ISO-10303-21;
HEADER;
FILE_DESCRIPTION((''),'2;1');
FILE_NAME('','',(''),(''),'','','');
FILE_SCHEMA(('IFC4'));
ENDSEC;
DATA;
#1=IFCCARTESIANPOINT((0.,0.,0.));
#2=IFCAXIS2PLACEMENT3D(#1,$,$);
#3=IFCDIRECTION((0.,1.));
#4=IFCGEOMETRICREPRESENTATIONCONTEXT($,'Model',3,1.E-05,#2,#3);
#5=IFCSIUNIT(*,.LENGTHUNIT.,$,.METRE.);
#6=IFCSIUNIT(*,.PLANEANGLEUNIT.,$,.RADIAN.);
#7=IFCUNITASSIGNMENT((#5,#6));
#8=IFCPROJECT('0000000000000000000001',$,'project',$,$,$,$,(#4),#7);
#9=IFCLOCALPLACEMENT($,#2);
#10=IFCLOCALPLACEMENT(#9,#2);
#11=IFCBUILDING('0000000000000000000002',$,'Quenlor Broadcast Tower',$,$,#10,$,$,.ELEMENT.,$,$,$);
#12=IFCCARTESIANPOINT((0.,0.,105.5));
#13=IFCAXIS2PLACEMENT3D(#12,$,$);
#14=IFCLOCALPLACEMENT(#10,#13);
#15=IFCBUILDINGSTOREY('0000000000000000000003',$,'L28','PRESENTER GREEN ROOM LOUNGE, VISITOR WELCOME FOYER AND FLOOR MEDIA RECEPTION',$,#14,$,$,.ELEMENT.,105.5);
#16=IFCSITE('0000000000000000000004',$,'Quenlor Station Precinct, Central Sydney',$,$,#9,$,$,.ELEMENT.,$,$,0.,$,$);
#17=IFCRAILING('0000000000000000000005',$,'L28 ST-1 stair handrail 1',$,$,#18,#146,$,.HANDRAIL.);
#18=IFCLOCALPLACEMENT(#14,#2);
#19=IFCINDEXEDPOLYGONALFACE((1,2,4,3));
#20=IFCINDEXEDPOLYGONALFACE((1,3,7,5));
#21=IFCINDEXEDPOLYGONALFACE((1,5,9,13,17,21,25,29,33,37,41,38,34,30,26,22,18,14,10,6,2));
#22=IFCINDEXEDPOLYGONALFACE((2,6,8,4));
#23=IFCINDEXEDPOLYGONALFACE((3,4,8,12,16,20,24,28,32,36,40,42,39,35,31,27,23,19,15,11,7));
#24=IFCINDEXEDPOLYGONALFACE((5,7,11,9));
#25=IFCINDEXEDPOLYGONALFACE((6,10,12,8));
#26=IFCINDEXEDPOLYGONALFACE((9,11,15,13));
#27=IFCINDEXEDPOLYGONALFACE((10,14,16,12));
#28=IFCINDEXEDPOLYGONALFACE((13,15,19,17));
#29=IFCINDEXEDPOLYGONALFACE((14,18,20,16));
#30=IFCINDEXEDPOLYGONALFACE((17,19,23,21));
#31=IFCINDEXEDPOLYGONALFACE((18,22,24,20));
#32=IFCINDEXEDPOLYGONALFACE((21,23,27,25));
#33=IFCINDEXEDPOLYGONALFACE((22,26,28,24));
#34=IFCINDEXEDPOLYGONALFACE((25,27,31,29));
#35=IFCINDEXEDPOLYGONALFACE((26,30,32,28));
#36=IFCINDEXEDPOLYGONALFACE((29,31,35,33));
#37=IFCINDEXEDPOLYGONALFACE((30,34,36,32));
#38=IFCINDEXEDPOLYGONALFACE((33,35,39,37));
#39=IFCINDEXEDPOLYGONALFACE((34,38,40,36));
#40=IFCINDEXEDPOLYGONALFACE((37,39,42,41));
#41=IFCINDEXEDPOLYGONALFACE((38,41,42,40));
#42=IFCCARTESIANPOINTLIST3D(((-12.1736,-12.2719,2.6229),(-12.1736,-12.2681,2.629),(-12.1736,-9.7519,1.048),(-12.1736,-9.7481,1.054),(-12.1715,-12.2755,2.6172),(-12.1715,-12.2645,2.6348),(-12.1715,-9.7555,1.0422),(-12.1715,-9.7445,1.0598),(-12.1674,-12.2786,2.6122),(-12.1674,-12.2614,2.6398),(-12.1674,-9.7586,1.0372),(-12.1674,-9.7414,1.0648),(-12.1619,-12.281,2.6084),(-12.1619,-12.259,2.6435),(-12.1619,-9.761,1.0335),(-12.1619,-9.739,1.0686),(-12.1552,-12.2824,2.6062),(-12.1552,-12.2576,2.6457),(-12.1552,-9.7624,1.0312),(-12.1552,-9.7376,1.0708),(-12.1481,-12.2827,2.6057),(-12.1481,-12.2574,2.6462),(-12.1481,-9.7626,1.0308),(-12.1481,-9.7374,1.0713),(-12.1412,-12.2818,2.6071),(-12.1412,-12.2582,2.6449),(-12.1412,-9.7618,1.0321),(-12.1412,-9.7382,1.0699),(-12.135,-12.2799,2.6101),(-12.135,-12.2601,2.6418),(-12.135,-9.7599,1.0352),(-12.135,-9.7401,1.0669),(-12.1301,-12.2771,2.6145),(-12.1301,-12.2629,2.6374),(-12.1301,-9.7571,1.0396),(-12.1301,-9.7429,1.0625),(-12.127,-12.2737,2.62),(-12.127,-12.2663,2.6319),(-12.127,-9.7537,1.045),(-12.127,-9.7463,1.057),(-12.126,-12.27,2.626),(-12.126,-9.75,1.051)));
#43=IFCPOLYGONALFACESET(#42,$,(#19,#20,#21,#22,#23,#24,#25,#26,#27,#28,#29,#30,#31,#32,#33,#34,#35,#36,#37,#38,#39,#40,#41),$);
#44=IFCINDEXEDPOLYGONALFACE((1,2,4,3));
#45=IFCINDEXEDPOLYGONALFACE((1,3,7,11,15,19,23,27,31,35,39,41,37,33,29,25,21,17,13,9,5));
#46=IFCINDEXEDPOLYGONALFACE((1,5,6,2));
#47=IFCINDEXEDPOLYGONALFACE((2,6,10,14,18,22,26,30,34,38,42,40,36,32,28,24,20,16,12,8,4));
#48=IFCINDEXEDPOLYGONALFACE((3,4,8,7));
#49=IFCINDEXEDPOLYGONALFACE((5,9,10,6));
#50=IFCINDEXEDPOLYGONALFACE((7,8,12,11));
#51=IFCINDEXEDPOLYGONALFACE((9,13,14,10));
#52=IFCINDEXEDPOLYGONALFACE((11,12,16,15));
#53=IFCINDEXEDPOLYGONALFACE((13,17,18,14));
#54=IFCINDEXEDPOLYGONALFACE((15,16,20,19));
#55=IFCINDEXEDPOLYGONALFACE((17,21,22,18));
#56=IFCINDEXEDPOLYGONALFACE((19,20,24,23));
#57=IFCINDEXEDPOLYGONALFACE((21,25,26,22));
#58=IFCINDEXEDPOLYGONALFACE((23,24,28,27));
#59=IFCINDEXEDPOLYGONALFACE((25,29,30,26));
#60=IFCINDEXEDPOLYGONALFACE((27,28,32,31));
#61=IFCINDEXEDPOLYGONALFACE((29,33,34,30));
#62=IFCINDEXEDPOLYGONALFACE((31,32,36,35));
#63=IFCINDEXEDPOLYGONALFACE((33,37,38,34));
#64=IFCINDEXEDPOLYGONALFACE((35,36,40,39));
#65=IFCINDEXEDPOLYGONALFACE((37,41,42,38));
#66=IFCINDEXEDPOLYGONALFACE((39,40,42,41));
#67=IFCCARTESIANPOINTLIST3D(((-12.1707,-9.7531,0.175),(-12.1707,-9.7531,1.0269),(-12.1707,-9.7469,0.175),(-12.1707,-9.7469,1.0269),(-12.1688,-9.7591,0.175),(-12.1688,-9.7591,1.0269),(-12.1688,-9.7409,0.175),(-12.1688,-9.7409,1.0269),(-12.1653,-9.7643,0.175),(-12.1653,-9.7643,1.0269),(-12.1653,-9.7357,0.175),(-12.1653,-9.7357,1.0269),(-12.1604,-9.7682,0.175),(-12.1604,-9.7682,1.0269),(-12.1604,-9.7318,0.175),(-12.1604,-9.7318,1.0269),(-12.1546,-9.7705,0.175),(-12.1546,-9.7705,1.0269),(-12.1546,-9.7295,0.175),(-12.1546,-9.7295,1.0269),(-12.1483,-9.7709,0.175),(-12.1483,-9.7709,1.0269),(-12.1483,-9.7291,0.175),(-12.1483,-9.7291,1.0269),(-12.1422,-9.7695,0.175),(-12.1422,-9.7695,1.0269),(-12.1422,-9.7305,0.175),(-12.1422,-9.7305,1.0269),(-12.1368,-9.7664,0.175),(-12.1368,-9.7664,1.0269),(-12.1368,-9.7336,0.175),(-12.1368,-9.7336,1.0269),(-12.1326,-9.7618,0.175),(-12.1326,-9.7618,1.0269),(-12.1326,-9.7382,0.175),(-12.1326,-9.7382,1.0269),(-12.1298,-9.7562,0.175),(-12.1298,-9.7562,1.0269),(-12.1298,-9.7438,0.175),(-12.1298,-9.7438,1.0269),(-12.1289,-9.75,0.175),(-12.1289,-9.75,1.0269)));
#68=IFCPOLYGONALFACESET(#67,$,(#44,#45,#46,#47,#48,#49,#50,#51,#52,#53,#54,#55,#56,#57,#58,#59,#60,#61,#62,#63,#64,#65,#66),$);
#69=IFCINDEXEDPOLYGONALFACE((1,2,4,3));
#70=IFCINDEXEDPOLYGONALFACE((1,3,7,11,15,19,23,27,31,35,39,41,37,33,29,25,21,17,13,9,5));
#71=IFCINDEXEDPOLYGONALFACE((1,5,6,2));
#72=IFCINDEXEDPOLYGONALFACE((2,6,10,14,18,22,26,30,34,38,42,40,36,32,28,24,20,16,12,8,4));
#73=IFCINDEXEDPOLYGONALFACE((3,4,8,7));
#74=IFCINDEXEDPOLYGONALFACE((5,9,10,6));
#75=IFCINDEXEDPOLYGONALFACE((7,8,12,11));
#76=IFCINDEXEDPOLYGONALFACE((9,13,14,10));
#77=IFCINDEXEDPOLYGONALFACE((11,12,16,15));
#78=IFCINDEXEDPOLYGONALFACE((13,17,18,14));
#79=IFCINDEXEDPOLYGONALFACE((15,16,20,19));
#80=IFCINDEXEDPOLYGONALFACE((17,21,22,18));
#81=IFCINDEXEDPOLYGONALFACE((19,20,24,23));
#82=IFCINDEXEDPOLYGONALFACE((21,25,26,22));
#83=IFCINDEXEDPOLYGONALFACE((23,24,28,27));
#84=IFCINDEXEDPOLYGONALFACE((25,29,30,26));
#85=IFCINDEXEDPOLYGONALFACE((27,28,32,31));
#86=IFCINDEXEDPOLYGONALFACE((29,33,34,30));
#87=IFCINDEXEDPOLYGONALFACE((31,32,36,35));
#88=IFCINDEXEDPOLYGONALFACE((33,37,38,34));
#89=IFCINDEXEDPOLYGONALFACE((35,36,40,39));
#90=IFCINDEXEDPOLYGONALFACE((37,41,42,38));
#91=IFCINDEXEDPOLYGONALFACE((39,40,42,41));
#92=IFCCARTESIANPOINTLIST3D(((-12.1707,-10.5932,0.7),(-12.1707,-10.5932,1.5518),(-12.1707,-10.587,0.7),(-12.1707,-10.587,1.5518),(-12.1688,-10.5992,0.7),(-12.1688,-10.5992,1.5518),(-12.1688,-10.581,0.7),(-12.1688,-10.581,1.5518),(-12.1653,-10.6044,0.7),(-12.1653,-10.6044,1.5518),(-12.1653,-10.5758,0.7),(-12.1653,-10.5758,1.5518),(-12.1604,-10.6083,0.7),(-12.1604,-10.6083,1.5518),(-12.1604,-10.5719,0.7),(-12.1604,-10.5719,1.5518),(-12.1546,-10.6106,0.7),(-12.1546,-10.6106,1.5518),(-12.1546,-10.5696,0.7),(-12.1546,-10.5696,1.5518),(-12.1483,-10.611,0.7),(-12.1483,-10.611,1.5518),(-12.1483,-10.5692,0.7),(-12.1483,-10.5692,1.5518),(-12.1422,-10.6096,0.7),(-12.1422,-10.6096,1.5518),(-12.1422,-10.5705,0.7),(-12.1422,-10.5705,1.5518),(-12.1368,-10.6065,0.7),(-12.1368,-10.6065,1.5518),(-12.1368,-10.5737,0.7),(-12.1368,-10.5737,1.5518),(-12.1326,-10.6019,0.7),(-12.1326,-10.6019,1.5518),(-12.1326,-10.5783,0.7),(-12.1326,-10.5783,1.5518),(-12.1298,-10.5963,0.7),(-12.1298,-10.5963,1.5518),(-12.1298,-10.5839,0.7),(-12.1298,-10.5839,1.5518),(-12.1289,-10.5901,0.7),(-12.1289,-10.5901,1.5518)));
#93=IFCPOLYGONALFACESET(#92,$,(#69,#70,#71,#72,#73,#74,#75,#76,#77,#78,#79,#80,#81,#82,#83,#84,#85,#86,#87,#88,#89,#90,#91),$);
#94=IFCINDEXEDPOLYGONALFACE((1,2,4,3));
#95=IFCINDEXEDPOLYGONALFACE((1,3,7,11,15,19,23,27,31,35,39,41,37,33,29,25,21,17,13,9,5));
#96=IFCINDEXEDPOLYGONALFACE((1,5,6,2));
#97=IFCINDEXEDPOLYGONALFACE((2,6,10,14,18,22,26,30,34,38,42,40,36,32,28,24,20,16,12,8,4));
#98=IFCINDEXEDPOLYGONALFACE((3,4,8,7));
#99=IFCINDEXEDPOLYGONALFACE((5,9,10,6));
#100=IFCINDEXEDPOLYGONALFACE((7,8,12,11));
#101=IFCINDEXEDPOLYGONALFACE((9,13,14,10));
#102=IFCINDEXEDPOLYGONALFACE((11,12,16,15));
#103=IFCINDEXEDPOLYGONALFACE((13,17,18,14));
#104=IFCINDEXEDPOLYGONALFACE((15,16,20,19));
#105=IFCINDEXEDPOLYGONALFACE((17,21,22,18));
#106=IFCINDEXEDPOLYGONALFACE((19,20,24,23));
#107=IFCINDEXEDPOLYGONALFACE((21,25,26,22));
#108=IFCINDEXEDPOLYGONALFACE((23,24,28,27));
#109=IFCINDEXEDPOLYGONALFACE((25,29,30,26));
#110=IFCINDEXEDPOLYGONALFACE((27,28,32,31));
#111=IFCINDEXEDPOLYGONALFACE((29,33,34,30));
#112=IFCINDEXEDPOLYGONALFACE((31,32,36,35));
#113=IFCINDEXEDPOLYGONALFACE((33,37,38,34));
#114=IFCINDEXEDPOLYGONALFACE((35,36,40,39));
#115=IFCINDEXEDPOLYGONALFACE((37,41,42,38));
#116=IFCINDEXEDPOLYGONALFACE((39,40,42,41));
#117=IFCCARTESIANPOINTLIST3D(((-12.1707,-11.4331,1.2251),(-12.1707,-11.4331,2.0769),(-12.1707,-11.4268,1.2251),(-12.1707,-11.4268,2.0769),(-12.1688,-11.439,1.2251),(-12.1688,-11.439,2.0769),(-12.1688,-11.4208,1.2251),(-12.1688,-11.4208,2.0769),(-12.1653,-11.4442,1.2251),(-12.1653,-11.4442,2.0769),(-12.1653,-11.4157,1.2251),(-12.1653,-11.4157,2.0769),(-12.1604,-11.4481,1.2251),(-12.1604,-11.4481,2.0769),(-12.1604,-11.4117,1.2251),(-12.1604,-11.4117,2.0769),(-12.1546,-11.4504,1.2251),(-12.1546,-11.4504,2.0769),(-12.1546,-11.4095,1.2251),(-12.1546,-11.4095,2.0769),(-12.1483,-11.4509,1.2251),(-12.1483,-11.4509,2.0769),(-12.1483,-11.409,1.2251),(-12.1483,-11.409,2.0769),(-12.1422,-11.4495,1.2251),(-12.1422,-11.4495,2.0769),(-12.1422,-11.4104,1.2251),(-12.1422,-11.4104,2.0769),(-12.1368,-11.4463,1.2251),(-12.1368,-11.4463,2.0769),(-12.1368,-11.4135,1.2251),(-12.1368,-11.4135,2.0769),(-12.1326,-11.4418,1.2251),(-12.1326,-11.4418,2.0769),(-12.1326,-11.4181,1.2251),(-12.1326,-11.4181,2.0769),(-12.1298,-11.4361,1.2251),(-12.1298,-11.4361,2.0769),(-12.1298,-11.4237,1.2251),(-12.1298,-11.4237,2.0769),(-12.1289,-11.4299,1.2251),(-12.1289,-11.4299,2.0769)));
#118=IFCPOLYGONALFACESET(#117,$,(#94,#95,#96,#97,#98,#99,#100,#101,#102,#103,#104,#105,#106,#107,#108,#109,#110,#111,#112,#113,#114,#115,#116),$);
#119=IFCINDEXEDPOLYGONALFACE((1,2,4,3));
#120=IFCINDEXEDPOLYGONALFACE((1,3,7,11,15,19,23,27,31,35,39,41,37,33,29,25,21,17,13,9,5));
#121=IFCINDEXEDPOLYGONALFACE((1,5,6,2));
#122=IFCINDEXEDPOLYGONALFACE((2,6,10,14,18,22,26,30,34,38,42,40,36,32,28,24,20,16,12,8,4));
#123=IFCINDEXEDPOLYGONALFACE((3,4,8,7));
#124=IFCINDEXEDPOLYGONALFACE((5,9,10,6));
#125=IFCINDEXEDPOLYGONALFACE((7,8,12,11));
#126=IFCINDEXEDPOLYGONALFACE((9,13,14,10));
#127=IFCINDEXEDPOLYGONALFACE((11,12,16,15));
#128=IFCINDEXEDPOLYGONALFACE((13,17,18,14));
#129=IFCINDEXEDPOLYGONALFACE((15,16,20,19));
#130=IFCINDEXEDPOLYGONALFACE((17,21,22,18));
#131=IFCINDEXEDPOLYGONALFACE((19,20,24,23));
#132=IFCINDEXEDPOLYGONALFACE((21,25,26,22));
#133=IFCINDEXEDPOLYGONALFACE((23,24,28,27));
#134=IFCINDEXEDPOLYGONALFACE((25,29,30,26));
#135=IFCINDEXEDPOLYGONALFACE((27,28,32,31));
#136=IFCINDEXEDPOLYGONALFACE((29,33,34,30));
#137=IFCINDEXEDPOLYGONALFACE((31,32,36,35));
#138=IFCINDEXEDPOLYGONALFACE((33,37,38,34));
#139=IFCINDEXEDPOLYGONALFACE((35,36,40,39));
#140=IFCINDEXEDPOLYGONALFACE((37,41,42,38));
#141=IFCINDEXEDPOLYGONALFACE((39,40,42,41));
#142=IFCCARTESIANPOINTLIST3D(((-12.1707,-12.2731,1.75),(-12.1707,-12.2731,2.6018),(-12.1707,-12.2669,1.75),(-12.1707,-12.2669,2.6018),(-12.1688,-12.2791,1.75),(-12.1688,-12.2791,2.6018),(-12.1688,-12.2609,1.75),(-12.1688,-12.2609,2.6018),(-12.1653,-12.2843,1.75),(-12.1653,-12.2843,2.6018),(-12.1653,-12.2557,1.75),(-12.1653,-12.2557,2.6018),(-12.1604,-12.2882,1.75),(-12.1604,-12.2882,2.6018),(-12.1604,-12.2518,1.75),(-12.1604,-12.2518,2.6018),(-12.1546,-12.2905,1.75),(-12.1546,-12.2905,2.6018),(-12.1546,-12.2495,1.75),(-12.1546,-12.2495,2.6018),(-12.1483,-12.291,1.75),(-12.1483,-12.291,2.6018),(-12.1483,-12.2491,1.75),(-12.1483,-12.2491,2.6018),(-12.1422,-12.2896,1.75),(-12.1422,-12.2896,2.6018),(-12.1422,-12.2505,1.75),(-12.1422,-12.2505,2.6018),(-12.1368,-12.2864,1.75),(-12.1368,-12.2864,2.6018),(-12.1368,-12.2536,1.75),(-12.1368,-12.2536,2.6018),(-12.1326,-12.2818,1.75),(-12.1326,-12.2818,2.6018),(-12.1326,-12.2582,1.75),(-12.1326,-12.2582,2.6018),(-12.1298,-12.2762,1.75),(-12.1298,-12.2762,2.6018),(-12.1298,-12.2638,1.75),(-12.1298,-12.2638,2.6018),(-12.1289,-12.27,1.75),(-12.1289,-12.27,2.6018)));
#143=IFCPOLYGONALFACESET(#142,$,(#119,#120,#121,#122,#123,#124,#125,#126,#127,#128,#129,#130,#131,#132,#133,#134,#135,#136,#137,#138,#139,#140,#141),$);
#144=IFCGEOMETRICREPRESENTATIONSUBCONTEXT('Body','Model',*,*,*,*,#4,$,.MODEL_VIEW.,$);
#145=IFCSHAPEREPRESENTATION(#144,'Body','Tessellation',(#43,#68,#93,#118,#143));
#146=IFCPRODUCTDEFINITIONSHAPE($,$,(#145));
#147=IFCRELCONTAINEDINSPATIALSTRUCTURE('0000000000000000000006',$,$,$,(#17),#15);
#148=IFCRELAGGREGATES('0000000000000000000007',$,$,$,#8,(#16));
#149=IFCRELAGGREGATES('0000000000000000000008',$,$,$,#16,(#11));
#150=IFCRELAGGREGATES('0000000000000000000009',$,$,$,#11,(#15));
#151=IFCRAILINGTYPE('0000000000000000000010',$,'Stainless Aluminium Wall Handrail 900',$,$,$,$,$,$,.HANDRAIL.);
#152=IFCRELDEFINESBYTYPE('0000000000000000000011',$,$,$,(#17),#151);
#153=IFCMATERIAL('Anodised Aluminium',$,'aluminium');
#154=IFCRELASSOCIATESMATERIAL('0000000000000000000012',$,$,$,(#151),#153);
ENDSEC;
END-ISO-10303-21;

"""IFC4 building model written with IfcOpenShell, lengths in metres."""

from ifc_helpers import new_model, si_unit, direction, frame, origin, origin_2d, place, context, subcontext, project, spatial, circle, extrude, material, type_object, element, save


model = new_model("IFC4")

# Units and contexts
model_context = context("Model", 3, precision=1e-05, world=origin(), true_north=direction((0.0, 1.0)))
body_context = subcontext(model_context, "Body", "Model", "MODEL_VIEW")
ifc_project = project(units=[si_unit("LENGTHUNIT", "METRE"), si_unit("PLANEANGLEUNIT", "RADIAN")], contexts=[model_context])

# Site, building, storey
site_placement = place(None, origin())
site = spatial("IfcSite", under=ifc_project, at=site_placement, Name="Quenlor Station Precinct, Central Sydney", CompositionType="ELEMENT", RefElevation=0.0)
building_placement = place(site_placement, origin())
building = spatial("IfcBuilding", under=site, at=building_placement, Name="Quenlor Broadcast Tower", CompositionType="ELEMENT")
storey_placement = place(building_placement, frame((0.0, 0.0, 105.5)))
storey = spatial("IfcBuildingStorey", under=building, at=storey_placement, Name="L28", Description="PRESENTER GREEN ROOM LOUNGE, VISITOR WELCOME FOYER AND FLOOR MEDIA RECEPTION", CompositionType="ELEMENT", Elevation=105.5)

# Railing
ifc_material_1 = material(Name="Anodised Aluminium", Category="aluminium")
railing_type_1 = type_object("IfcRailingType", Name="Stainless Aluminium Wall Handrail 900", PredefinedType="HANDRAIL", material=ifc_material_1)
railing_1_placement = place(storey_placement, frame((-12.1499, -9.75, 0.175)))
element("IfcRailing", 1, at=railing_1_placement, inside=storey, type_object=railing_type_1, Name="L28 ST-1 stair handrail 1", PredefinedType="HANDRAIL", context=body_context, shape_type="SweptSolid", body=[
    extrude(circle(Radius=0.0239, at=origin_2d()), frame((0.0, 0.0, 0.876), z_axis=(0.0, -0.848008, 0.529984), x_axis=(1.0, 0.0, 0.0)), (0.0, 0.0, 1.0), 2.9717),
    extrude(circle(Radius=0.021, at=origin_2d()), origin(), (0.0, 0.0, 1.0), 0.8518),
    extrude(circle(Radius=0.021, at=origin_2d()), frame((0.0, -0.8401, 0.5249)), (0.0, 0.0, 1.0), 0.8518),
    extrude(circle(Radius=0.021, at=origin_2d()), frame((0.0, -1.6799, 1.05)), (0.0, 0.0, 1.0), 0.8518),
    extrude(circle(Radius=0.021, at=origin_2d()), frame((0.0, -2.52, 1.575)), (0.0, 0.0, 1.0), 0.8518),
])

save(model, "model.ifc")
